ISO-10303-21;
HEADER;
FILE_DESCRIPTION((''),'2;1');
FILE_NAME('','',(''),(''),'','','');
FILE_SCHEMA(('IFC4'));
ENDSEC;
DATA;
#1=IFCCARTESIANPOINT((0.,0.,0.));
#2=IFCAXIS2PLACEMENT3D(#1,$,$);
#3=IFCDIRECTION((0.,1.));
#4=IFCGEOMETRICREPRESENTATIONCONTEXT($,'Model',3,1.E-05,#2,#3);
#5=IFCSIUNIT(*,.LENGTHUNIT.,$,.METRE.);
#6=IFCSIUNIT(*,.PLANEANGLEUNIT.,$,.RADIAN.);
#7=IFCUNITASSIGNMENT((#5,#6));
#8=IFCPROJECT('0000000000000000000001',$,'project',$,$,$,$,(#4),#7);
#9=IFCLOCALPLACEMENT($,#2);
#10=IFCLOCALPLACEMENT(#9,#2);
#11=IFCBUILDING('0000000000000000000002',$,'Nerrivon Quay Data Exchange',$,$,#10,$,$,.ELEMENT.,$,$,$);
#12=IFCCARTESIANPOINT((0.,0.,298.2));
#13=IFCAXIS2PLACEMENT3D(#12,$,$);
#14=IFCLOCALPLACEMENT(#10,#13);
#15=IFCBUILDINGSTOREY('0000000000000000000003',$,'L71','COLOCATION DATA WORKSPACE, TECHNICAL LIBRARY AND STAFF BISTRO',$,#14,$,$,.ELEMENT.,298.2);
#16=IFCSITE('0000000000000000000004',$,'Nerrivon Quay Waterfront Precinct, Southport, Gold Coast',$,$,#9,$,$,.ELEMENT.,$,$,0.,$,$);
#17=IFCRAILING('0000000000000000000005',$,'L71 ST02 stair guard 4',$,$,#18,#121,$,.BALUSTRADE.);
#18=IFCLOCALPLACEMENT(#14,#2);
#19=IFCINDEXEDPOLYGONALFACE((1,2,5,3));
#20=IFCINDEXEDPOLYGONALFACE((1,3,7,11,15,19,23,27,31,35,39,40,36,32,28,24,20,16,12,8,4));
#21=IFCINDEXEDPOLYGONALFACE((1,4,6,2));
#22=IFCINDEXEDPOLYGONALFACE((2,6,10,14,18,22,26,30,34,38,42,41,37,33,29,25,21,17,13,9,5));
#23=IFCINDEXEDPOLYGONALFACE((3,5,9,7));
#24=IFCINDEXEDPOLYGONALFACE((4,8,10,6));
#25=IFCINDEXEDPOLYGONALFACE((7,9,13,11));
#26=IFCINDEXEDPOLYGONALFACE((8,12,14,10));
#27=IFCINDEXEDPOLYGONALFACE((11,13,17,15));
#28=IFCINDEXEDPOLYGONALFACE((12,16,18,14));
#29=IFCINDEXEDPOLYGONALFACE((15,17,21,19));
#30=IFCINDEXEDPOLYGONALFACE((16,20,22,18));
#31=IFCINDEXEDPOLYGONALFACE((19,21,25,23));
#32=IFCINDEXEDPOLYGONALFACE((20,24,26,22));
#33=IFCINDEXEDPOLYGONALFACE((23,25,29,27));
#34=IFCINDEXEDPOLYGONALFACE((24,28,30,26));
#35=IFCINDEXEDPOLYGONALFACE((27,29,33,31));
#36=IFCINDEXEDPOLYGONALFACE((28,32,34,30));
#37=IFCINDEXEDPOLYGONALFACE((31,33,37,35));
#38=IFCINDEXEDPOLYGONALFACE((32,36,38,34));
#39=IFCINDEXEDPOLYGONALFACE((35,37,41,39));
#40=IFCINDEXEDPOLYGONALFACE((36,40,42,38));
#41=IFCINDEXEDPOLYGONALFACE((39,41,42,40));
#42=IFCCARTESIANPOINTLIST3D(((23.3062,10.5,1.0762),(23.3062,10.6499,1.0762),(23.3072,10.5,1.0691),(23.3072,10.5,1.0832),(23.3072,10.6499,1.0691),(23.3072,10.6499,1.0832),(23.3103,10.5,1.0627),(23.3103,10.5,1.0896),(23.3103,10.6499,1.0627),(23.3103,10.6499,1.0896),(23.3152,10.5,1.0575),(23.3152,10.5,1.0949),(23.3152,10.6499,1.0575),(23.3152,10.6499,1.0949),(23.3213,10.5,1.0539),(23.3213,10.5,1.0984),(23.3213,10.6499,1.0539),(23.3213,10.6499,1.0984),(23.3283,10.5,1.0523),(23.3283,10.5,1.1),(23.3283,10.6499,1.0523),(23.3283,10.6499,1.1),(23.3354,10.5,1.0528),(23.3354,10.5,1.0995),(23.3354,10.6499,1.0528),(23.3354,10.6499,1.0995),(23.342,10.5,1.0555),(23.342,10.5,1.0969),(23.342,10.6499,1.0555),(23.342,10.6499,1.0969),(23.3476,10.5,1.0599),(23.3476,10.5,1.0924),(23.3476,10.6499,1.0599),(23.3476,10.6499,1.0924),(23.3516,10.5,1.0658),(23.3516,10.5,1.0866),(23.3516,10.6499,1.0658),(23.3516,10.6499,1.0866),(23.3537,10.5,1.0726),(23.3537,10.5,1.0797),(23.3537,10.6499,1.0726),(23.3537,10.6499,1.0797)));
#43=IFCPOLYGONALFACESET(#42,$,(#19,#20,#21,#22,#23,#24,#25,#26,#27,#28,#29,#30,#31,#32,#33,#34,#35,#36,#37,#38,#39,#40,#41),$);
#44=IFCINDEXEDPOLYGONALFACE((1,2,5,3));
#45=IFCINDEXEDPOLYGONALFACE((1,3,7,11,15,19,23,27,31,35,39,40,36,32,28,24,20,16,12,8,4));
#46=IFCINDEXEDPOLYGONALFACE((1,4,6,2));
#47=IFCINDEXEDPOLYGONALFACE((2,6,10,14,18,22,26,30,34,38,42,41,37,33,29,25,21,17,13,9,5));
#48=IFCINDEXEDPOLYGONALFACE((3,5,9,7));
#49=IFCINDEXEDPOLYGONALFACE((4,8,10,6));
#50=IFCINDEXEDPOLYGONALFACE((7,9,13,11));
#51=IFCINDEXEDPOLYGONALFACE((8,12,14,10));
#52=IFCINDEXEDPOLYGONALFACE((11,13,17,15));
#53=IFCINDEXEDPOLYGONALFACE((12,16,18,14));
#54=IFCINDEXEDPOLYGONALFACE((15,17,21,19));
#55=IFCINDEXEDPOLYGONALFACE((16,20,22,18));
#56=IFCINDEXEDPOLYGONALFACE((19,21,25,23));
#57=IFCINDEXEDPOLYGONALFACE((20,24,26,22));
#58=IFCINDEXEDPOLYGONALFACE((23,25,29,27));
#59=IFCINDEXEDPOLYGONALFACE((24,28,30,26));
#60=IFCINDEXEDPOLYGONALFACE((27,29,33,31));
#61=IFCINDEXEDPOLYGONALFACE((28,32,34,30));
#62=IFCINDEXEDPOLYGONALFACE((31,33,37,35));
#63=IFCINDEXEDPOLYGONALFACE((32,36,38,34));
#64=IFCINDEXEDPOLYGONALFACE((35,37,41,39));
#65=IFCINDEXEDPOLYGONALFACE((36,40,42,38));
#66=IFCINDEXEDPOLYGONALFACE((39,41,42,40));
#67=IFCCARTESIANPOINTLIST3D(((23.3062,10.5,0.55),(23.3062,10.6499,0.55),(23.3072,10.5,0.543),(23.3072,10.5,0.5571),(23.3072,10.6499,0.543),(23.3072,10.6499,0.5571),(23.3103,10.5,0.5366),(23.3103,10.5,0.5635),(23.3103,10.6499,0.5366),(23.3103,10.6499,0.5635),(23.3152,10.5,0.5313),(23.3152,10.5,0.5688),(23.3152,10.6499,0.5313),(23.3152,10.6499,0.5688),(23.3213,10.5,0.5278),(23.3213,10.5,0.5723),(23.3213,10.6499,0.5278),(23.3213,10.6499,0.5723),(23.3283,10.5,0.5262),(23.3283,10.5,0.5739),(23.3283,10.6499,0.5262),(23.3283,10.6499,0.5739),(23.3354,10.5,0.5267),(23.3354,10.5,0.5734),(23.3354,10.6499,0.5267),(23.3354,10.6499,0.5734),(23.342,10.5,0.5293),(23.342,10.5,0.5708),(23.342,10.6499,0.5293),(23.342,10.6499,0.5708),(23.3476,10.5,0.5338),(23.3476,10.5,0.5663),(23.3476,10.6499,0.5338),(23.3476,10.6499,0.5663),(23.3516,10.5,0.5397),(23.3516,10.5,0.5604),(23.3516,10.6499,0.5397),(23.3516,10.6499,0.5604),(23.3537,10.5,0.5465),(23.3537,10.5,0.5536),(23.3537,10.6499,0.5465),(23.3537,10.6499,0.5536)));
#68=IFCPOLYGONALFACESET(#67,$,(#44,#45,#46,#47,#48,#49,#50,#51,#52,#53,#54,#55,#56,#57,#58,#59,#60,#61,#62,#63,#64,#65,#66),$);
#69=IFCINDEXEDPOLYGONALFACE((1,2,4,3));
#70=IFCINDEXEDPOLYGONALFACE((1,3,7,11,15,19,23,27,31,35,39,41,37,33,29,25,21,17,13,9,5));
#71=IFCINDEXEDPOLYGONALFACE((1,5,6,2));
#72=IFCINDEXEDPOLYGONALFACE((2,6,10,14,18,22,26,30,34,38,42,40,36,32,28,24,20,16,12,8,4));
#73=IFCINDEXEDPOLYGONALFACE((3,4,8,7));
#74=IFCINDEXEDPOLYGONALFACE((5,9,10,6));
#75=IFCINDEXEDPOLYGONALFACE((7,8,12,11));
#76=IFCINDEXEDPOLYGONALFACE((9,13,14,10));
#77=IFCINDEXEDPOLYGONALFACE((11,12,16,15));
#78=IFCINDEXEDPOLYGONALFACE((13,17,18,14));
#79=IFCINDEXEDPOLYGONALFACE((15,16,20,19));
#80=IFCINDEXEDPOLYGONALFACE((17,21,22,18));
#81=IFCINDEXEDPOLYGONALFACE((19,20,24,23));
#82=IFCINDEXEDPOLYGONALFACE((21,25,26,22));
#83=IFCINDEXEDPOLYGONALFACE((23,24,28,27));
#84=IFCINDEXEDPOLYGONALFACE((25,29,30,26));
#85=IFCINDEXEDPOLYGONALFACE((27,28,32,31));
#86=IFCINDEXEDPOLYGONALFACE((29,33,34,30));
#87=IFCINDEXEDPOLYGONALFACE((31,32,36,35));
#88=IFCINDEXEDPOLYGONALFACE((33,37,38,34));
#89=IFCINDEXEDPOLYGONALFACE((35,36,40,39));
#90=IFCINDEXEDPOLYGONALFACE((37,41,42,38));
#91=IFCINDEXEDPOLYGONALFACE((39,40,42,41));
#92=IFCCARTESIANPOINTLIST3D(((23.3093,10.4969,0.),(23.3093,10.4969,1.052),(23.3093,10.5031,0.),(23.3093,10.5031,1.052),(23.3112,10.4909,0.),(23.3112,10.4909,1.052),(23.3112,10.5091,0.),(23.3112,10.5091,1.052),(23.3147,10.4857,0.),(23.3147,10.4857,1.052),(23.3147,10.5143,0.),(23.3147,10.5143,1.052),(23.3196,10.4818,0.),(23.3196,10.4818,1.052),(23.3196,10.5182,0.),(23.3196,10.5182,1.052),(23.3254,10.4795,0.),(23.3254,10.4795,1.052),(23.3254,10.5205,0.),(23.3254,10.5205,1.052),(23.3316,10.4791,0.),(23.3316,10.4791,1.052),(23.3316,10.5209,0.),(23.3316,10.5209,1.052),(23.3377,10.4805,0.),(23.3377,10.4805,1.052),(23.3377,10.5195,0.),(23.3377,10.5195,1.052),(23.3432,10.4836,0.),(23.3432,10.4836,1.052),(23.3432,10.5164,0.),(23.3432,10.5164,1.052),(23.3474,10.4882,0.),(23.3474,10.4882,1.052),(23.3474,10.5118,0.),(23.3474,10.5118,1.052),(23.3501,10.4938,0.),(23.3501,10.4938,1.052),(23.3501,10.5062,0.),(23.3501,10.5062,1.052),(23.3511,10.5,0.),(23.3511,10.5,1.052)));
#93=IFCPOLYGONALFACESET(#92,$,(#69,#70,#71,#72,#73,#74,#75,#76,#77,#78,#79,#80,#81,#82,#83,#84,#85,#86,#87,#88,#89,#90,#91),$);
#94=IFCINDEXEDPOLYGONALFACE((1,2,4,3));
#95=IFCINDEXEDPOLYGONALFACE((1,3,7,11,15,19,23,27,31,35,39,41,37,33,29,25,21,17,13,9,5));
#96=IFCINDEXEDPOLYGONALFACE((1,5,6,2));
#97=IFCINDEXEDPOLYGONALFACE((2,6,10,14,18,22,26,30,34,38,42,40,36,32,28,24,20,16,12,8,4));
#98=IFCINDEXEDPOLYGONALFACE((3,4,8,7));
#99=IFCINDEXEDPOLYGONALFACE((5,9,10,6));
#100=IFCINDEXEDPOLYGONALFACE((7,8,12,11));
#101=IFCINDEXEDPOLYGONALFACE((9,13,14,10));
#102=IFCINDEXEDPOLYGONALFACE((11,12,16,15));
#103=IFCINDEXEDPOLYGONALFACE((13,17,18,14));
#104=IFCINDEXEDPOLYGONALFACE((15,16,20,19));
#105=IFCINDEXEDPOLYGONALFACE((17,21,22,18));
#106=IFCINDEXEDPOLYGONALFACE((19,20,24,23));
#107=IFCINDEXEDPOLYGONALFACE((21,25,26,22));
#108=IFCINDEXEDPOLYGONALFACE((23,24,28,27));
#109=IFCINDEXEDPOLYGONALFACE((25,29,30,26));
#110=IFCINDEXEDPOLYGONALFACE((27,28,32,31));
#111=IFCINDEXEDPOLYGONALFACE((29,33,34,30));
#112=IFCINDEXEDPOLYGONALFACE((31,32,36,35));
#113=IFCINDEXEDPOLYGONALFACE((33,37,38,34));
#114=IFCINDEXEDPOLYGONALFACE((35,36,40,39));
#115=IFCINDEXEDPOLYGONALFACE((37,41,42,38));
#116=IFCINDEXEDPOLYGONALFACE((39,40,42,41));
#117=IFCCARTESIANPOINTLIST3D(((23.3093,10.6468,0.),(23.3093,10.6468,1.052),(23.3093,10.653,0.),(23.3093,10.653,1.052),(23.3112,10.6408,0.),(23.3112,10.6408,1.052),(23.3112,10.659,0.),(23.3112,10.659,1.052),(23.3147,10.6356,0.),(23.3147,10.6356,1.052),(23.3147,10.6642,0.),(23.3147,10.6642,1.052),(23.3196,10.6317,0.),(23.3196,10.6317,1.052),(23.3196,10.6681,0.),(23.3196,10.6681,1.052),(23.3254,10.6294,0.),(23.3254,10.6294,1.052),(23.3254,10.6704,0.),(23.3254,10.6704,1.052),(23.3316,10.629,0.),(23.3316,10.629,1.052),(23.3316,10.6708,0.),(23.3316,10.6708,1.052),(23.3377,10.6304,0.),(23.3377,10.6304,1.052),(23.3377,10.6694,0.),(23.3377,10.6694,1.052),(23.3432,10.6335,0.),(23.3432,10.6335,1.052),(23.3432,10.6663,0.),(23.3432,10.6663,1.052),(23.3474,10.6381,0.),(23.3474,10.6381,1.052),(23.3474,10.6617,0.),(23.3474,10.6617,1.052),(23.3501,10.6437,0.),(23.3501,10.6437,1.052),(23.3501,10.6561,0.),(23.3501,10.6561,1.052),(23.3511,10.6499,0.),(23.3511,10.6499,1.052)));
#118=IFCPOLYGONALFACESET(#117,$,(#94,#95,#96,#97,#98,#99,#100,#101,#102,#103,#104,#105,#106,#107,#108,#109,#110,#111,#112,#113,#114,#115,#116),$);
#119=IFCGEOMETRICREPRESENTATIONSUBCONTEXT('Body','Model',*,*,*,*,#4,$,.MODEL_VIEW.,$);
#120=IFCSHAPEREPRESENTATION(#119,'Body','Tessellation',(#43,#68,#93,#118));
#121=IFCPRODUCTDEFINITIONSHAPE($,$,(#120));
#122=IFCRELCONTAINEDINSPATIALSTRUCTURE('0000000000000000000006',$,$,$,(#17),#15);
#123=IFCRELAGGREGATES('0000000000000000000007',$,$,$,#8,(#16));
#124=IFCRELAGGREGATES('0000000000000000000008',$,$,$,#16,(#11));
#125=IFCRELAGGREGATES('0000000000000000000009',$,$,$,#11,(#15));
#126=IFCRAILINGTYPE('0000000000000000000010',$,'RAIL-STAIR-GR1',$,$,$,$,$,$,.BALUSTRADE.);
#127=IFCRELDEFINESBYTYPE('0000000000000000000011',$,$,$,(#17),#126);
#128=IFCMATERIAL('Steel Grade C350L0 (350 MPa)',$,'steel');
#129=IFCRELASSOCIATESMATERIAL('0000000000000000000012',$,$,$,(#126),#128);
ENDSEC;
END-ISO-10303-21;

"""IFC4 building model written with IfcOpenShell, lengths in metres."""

from ifc_helpers import new_model, si_unit, direction, frame, origin, origin_2d, place, context, subcontext, project, spatial, circle, extrude, material, type_object, element, save


model = new_model("IFC4")

# Units and contexts
model_context = context("Model", 3, precision=1e-05, world=origin(), true_north=direction((0.0, 1.0)))
body_context = subcontext(model_context, "Body", "Model", "MODEL_VIEW")
ifc_project = project(units=[si_unit("LENGTHUNIT", "METRE"), si_unit("PLANEANGLEUNIT", "RADIAN")], contexts=[model_context])

# Site, building, storey
site_placement = place(None, origin())
site = spatial("IfcSite", under=ifc_project, at=site_placement, Name="Nerrivon Quay Waterfront Precinct, Southport, Gold Coast", CompositionType="ELEMENT", RefElevation=0.0)
building_placement = place(site_placement, origin())
building = spatial("IfcBuilding", under=site, at=building_placement, Name="Nerrivon Quay Data Exchange", CompositionType="ELEMENT")
storey_placement = place(building_placement, frame((0.0, 0.0, 298.2)))
storey = spatial("IfcBuildingStorey", under=building, at=storey_placement, Name="L71", Description="COLOCATION DATA WORKSPACE, TECHNICAL LIBRARY AND STAFF BISTRO", CompositionType="ELEMENT", Elevation=298.2)

# Railing
ifc_material_1 = material(Name="Steel Grade C350L0 (350 MPa)", Category="steel")
railing_type_1 = type_object("IfcRailingType", Name="RAIL-STAIR-GR1", PredefinedType="BALUSTRADE", material=ifc_material_1)
railing_1_placement = place(storey_placement, frame((23.3301, 10.5, 0.0)))
element("IfcRailing", 1, at=railing_1_placement, inside=storey, type_object=railing_type_1, Name="L71 ST02 stair guard 4", PredefinedType="BALUSTRADE", context=body_context, shape_type="SweptSolid", body=[
    extrude(circle(Radius=0.0239, at=origin_2d()), frame((0.0, 0.0, 1.0762), z_axis=(0.0, 1.0, 0.0), x_axis=(-1.0, 0.0, 0.0)), (0.0, 0.0, 1.0), 0.1499),
    extrude(circle(Radius=0.0239, at=origin_2d()), frame((0.0, 0.0, 0.55), z_axis=(0.0, 1.0, 0.0), x_axis=(-1.0, 0.0, 0.0)), (0.0, 0.0, 1.0), 0.1499),
    extrude(circle(Radius=0.021, at=origin_2d()), origin(), (0.0, 0.0, 1.0), 1.052),
    extrude(circle(Radius=0.021, at=origin_2d()), frame((0.0, 0.1499, 0.0)), (0.0, 0.0, 1.0), 1.052),
])

save(model, "model.ifc")
